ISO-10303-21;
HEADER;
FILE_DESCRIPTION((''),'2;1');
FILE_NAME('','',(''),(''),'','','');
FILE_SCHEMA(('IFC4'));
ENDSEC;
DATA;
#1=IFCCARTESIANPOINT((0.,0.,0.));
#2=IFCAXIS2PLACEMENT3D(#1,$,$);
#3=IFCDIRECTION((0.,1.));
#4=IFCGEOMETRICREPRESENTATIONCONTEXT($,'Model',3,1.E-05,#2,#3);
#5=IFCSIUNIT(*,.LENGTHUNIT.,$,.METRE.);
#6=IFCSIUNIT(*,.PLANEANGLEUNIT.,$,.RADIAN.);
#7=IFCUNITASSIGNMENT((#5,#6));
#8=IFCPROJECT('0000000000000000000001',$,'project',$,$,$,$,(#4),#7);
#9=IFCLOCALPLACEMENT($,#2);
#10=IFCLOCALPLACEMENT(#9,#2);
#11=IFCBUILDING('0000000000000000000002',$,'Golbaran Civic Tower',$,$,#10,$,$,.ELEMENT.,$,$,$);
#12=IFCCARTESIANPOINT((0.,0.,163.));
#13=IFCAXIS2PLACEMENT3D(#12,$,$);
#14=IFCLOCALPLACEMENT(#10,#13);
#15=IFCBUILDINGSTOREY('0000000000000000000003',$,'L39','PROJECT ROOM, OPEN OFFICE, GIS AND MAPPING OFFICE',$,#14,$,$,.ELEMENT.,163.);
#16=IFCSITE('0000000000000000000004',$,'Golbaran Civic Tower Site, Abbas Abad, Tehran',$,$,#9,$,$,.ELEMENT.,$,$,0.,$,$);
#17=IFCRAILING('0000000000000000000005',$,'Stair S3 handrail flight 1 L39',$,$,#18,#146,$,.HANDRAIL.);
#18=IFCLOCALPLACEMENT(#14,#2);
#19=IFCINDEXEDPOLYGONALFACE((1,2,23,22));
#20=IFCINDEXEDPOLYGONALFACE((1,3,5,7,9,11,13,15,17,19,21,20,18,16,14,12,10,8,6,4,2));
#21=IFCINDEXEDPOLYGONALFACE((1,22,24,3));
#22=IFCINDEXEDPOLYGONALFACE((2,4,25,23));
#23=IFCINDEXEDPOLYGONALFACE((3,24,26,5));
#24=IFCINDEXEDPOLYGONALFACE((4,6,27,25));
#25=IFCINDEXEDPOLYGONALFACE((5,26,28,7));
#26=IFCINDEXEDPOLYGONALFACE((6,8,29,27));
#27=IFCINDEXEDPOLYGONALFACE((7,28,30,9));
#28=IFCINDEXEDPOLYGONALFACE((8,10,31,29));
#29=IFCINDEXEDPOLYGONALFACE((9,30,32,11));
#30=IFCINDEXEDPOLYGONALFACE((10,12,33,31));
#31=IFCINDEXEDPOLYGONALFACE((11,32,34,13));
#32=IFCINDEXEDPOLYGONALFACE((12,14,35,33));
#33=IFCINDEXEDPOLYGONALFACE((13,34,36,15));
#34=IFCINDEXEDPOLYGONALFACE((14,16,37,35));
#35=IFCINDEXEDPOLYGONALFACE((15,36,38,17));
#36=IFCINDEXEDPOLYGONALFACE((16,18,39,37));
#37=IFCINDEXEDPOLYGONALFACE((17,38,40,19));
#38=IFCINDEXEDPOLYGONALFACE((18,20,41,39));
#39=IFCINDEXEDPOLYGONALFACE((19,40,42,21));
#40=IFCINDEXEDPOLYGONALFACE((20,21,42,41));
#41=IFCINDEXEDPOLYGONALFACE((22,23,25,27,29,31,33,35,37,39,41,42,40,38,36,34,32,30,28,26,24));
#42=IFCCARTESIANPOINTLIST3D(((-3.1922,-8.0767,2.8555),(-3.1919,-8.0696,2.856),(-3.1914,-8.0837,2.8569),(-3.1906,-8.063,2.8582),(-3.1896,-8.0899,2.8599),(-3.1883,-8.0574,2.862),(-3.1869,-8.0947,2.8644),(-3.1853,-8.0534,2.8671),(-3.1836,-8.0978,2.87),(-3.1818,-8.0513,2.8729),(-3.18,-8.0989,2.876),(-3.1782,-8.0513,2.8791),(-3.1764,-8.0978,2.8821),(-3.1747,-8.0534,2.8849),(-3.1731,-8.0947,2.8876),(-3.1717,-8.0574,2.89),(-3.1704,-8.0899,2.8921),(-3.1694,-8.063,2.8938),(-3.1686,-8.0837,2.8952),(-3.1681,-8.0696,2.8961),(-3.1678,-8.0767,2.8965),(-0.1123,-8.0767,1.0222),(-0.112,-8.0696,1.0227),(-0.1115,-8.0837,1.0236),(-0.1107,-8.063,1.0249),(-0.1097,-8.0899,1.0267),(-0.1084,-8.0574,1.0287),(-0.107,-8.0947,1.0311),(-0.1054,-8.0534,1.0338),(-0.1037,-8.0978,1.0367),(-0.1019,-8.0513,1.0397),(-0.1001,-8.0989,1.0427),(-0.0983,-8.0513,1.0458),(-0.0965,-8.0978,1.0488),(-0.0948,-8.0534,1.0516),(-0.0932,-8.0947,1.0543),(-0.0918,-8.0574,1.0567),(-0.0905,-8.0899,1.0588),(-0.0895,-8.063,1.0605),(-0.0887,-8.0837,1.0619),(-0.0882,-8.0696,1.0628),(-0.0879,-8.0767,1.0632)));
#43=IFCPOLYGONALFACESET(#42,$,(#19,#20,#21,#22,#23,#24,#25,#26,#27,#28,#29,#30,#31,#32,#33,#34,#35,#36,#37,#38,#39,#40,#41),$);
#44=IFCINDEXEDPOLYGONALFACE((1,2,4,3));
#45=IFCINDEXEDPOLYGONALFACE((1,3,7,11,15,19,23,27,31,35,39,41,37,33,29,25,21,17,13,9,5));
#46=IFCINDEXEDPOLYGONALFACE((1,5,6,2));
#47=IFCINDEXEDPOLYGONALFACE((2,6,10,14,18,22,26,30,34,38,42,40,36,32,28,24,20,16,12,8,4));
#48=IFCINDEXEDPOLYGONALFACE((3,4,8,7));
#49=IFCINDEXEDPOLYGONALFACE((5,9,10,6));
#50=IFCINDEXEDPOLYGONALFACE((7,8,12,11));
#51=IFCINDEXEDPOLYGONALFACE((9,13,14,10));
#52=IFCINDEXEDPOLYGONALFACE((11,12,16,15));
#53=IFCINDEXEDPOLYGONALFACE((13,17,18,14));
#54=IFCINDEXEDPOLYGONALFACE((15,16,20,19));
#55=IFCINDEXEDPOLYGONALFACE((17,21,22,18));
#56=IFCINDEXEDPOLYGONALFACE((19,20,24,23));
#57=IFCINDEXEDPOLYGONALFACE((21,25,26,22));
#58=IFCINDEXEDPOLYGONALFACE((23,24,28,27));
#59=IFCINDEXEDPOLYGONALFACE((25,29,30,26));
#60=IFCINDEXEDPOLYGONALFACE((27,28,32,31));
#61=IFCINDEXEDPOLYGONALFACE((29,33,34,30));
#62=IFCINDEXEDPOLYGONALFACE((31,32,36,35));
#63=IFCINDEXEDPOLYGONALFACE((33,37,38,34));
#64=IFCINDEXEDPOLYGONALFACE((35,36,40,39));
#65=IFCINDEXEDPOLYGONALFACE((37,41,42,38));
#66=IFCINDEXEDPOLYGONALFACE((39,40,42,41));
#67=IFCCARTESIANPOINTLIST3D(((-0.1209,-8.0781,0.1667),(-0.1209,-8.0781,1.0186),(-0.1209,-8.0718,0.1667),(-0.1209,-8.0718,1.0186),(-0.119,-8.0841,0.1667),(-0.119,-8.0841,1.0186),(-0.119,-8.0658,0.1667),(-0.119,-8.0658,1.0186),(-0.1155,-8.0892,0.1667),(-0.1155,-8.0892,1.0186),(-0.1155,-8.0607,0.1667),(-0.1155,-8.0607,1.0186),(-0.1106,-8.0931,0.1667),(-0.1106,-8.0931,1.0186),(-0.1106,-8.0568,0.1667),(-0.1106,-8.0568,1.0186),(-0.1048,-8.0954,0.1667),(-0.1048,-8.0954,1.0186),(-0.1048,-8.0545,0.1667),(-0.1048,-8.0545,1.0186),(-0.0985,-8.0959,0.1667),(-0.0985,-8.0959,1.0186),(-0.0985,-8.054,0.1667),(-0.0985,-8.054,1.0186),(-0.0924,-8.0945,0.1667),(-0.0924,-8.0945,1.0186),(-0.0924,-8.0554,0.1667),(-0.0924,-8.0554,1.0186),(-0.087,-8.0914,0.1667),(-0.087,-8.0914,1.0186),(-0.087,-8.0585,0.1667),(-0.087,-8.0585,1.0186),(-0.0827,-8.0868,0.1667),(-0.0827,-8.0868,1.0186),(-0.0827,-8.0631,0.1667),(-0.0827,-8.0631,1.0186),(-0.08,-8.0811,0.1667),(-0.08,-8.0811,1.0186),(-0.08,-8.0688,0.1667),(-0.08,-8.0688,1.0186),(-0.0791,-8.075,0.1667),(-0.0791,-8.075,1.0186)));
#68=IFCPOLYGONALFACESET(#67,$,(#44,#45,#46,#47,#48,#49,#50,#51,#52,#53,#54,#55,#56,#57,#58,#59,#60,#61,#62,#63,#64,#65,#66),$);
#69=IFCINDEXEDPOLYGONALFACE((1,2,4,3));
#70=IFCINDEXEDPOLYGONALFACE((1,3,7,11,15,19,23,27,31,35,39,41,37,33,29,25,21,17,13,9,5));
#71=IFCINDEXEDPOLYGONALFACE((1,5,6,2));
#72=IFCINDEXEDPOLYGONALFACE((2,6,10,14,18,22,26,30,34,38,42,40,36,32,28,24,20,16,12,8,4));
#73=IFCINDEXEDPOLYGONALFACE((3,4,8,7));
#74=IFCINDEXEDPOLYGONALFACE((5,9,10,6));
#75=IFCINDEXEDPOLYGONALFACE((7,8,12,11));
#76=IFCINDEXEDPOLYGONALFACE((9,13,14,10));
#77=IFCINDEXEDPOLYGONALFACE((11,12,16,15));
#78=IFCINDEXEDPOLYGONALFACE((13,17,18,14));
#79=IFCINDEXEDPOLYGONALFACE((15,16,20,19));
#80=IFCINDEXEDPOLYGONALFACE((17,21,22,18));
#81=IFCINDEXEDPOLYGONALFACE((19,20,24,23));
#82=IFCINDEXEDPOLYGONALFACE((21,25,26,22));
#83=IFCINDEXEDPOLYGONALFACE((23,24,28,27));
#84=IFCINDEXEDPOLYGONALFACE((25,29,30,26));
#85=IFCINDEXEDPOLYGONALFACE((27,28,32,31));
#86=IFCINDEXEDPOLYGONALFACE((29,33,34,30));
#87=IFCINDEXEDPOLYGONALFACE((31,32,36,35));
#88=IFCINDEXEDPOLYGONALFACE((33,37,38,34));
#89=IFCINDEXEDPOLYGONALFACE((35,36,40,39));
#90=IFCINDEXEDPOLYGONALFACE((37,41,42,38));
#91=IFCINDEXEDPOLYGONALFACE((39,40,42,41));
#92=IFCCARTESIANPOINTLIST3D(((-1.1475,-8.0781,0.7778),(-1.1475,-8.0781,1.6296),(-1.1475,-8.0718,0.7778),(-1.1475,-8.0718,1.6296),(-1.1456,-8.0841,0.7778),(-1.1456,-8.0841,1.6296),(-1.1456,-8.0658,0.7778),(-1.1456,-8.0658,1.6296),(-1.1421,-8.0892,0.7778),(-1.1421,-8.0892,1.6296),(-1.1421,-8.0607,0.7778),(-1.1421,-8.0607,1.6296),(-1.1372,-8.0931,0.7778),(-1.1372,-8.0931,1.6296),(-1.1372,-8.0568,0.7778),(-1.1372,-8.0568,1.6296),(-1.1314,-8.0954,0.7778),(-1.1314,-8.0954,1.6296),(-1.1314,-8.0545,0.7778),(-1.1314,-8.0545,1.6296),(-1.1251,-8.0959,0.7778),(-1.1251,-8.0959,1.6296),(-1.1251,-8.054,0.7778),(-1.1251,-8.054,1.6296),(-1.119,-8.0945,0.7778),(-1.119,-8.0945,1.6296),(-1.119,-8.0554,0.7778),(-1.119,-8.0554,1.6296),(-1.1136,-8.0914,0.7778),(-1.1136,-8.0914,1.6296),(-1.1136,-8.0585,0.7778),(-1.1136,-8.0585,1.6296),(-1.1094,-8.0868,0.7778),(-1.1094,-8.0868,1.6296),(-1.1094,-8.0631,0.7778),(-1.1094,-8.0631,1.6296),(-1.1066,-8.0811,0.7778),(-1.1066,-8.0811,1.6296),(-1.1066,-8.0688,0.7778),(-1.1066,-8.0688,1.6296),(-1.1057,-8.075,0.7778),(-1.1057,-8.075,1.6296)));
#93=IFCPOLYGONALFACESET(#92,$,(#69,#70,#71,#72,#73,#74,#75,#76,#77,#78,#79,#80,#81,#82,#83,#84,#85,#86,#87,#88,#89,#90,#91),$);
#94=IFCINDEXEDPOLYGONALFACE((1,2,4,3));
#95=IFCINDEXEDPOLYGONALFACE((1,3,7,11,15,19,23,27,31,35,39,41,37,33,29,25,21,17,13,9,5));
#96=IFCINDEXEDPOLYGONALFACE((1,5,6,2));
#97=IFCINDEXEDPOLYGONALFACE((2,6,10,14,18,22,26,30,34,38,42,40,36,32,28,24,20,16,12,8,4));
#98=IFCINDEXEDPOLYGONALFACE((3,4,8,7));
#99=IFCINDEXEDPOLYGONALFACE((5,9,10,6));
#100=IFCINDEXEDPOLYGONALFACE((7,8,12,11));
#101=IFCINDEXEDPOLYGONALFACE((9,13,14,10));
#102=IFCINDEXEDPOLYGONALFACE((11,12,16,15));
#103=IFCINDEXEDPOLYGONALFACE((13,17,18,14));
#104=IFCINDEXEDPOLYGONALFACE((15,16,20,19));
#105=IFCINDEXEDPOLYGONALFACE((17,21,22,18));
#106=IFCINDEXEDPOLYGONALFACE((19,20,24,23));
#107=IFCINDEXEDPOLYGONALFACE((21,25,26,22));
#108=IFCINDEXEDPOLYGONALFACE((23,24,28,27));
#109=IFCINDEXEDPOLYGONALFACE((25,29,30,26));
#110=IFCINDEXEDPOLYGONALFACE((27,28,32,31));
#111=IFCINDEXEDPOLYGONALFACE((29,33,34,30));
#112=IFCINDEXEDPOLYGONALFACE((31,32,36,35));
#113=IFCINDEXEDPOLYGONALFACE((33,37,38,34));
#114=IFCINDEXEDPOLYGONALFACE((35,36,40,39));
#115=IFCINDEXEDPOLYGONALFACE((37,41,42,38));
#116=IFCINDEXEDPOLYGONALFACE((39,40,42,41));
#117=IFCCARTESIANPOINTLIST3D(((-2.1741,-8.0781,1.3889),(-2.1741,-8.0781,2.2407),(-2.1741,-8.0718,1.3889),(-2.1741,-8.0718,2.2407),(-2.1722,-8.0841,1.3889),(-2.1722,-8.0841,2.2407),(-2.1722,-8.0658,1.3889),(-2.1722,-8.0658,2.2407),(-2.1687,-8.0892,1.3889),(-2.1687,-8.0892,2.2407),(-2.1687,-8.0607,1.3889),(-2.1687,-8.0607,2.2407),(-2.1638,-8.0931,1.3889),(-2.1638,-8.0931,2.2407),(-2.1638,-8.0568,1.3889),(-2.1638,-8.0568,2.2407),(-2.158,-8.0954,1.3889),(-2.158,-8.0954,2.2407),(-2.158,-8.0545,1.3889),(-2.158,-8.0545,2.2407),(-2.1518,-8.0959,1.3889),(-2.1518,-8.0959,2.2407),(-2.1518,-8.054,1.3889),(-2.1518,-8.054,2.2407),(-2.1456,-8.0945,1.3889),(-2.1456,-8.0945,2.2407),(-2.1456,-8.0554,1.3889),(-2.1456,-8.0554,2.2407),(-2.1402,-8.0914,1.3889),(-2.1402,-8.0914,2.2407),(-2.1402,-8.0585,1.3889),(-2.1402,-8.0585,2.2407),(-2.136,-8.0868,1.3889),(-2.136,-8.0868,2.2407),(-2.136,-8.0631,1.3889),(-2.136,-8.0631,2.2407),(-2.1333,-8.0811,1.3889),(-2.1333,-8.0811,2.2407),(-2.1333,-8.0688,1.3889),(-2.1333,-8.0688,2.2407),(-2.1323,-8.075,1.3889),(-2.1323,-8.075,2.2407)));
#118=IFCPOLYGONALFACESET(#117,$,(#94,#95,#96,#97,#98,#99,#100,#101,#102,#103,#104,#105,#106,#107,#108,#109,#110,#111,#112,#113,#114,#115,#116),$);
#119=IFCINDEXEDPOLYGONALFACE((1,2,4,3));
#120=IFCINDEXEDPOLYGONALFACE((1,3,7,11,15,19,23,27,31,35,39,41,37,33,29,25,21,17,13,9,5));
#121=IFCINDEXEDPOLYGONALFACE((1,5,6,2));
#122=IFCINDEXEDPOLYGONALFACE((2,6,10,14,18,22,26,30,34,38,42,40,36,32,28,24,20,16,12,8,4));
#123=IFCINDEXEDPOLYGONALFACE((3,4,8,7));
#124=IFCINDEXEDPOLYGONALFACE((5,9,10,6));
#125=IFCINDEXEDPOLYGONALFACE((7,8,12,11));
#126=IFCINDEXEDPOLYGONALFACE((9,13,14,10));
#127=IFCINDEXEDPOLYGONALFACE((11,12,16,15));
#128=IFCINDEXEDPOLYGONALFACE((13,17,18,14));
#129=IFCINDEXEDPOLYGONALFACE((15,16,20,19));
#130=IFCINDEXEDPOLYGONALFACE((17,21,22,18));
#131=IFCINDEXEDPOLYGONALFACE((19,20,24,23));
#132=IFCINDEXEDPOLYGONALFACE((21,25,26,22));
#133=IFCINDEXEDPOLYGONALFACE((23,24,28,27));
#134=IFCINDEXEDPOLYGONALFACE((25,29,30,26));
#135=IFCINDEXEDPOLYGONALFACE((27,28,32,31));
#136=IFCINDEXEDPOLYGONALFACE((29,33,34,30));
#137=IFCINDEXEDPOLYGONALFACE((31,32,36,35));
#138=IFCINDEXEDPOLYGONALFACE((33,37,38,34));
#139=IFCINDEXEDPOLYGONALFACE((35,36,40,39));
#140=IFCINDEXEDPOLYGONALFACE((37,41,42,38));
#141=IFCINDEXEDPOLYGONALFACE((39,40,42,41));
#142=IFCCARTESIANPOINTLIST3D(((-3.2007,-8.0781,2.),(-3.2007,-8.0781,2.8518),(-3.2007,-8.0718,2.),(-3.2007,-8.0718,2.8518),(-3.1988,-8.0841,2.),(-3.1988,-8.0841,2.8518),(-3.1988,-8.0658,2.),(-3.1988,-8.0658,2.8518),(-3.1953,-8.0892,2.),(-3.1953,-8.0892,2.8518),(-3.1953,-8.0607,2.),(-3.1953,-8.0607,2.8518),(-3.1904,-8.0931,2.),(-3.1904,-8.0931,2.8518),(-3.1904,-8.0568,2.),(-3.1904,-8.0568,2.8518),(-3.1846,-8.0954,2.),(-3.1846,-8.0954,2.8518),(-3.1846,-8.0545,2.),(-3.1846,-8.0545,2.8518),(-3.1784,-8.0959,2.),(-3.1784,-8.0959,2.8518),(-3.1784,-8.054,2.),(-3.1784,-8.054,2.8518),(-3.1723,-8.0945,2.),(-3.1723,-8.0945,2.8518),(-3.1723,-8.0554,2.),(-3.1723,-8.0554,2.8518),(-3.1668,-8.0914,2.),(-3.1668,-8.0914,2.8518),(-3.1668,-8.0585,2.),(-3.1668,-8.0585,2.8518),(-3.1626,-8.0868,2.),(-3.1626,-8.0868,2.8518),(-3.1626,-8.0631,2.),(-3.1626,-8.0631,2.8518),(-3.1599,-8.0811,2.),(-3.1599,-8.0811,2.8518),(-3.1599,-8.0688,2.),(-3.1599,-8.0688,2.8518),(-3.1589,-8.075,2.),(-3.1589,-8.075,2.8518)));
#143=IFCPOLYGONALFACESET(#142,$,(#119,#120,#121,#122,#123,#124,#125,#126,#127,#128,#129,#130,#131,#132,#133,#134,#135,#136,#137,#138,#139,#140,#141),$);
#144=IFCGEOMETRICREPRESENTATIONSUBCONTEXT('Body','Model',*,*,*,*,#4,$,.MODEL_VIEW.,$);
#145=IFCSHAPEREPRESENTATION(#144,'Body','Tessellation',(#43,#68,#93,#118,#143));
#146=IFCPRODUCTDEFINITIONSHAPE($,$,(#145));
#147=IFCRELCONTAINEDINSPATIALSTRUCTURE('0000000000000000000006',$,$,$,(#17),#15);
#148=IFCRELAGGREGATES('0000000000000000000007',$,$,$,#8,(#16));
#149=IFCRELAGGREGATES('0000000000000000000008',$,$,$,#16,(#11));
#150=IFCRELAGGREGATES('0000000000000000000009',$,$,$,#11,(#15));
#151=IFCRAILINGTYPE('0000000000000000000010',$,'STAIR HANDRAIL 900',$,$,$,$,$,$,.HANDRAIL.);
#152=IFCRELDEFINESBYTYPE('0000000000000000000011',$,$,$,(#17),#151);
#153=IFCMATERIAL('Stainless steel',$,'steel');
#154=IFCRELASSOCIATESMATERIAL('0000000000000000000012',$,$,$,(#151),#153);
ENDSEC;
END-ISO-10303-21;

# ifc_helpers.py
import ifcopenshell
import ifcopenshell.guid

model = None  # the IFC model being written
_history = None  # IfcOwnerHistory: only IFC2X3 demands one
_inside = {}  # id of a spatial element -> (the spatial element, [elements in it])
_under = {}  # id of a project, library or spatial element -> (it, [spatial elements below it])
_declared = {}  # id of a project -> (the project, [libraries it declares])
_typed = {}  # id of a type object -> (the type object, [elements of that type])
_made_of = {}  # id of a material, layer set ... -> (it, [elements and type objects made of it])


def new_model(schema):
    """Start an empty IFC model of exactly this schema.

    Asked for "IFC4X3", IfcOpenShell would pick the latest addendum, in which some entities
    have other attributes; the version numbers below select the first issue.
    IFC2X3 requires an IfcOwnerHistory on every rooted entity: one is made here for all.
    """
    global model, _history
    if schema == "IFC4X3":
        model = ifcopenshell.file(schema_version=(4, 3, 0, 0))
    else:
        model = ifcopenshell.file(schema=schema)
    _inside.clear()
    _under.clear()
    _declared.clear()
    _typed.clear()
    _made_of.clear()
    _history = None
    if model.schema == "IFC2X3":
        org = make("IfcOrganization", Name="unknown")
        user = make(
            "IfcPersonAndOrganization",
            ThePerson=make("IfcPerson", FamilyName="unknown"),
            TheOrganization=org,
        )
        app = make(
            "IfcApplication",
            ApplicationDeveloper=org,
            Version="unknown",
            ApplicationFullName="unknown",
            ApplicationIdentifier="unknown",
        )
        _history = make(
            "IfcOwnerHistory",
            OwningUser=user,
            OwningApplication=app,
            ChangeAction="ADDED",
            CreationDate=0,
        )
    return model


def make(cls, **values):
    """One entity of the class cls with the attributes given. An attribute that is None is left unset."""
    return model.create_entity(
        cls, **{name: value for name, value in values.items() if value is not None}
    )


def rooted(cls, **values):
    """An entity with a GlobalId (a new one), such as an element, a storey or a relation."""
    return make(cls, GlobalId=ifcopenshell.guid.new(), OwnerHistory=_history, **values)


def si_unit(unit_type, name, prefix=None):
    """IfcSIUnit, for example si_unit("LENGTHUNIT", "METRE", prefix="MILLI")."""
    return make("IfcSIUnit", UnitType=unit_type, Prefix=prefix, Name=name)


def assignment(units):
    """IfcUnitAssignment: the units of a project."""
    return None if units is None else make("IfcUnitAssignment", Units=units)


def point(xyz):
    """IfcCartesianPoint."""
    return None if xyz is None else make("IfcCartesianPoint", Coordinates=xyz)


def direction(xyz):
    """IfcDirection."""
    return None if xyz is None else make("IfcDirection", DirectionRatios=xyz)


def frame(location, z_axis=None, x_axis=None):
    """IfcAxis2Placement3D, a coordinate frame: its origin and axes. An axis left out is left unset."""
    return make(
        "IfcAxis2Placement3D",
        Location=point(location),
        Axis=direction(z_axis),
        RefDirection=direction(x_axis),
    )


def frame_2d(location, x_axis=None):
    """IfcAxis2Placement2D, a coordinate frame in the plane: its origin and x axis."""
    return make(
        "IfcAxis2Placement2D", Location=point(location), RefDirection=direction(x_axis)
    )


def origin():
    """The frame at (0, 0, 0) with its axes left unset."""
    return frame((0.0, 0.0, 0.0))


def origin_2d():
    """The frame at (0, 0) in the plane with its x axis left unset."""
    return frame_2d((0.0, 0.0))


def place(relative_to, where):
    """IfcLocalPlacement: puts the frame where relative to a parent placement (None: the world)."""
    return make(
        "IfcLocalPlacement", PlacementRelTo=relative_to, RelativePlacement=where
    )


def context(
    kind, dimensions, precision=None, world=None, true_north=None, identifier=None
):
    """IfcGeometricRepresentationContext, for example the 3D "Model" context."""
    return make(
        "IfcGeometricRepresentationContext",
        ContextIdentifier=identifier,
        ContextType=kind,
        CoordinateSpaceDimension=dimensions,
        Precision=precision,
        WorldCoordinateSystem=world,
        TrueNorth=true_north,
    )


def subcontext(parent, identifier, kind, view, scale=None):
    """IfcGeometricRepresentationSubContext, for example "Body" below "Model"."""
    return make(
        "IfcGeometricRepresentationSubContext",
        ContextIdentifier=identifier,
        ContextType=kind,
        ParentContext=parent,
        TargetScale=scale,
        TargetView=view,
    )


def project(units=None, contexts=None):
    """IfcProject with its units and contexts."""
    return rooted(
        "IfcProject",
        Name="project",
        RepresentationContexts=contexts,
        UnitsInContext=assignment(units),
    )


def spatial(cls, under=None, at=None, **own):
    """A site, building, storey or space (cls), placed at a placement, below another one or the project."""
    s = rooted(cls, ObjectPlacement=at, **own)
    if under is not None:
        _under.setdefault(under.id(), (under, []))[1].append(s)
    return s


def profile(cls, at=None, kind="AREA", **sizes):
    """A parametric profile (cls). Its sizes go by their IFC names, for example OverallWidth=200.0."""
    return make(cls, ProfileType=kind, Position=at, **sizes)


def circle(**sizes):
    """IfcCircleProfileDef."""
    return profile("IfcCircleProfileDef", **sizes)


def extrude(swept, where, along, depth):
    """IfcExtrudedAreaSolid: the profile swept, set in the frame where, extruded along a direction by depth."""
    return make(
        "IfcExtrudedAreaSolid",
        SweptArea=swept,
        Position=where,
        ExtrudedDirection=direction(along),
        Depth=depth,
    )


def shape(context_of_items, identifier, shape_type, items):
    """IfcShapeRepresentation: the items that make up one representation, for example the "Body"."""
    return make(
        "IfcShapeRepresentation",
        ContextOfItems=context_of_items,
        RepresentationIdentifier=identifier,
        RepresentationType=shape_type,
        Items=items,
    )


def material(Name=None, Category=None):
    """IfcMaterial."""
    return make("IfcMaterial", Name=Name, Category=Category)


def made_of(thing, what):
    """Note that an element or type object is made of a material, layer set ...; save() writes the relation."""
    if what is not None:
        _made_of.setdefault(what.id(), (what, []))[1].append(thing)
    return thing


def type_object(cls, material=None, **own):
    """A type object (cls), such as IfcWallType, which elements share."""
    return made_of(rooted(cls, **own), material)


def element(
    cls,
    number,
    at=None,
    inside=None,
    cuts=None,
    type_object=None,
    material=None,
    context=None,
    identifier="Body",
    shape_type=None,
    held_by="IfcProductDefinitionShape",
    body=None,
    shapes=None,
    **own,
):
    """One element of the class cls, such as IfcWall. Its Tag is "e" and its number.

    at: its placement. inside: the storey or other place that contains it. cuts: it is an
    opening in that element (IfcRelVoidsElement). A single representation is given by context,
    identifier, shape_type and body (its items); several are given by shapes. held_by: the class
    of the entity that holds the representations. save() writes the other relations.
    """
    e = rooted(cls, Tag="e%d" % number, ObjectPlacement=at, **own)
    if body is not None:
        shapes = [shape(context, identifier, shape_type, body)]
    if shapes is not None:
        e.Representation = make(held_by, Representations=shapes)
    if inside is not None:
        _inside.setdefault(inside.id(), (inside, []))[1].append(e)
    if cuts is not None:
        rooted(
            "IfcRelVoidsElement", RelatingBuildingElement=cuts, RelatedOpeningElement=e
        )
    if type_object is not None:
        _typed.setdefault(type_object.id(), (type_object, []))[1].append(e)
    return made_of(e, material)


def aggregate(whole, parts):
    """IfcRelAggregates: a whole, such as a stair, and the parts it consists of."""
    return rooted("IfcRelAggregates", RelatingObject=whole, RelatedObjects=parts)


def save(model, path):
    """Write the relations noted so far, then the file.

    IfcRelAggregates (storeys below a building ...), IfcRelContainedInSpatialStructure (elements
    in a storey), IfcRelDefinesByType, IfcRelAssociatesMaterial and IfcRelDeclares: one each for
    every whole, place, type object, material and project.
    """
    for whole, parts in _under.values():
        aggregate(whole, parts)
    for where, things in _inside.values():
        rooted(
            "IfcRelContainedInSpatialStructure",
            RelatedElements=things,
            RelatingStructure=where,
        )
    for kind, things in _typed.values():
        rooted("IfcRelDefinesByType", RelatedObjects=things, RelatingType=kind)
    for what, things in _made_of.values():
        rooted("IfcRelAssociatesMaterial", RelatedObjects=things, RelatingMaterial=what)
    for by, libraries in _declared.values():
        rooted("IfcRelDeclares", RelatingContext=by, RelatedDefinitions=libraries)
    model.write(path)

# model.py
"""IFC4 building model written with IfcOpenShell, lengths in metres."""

from ifc_helpers import new_model, si_unit, direction, frame, origin, origin_2d, place, context, subcontext, project, spatial, circle, extrude, material, type_object, element, save


model = new_model("IFC4")

# Units and contexts
model_context = context("Model", 3, precision=1e-05, world=origin(), true_north=direction((0.0, 1.0)))
body_context = subcontext(model_context, "Body", "Model", "MODEL_VIEW")
ifc_project = project(units=[si_unit("LENGTHUNIT", "METRE"), si_unit("PLANEANGLEUNIT", "RADIAN")], contexts=[model_context])

# Site, building, storey
site_placement = place(None, origin())
site = spatial("IfcSite", under=ifc_project, at=site_placement, Name="Golbaran Civic Tower Site, Abbas Abad, Tehran", CompositionType="ELEMENT", RefElevation=0.0)
building_placement = place(site_placement, origin())
building = spatial("IfcBuilding", under=site, at=building_placement, Name="Golbaran Civic Tower", CompositionType="ELEMENT")
storey_placement = place(building_placement, frame((0.0, 0.0, 163.0)))
storey = spatial("IfcBuildingStorey", under=building, at=storey_placement, Name="L39", Description="PROJECT ROOM, OPEN OFFICE, GIS AND MAPPING OFFICE", CompositionType="ELEMENT", Elevation=163.0)

# Shared definitions
ifc_material_1 = material(Name="Stainless steel", Category="steel")

# Railing
railing_type = type_object("IfcRailingType", Name="STAIR HANDRAIL 900", PredefinedType="HANDRAIL", material=ifc_material_1)
railing_1_placement = place(storey_placement, frame((-0.1001, -8.075, 0.1667)))
element("IfcRailing", 1, at=railing_1_placement, inside=storey, type_object=railing_type, Name="Stair S3 handrail flight 1 L39", PredefinedType="HANDRAIL", context=body_context, shape_type="SweptSolid", body=[
    extrude(circle(Radius=0.0239, at=origin_2d()), frame((0.0, 0.0, 0.876), z_axis=(-0.859291, 0.0, 0.511487), x_axis=(0.0, -1.0, 0.0)), (0.0, 0.0, 1.0), 3.5842),
    extrude(circle(Radius=0.021, at=origin_2d()), origin(), (0.0, 0.0, 1.0), 0.8518),
    extrude(circle(Radius=0.021, at=origin_2d()), frame((-1.0266, 0.0, 0.6111)), (0.0, 0.0, 1.0), 0.8518),
    extrude(circle(Radius=0.021, at=origin_2d()), frame((-2.0532, 0.0, 1.2222)), (0.0, 0.0, 1.0), 0.8518),
    extrude(circle(Radius=0.021, at=origin_2d()), frame((-3.0798, 0.0, 1.8333)), (0.0, 0.0, 1.0), 0.8518),
])

save(model, "model.ifc")
